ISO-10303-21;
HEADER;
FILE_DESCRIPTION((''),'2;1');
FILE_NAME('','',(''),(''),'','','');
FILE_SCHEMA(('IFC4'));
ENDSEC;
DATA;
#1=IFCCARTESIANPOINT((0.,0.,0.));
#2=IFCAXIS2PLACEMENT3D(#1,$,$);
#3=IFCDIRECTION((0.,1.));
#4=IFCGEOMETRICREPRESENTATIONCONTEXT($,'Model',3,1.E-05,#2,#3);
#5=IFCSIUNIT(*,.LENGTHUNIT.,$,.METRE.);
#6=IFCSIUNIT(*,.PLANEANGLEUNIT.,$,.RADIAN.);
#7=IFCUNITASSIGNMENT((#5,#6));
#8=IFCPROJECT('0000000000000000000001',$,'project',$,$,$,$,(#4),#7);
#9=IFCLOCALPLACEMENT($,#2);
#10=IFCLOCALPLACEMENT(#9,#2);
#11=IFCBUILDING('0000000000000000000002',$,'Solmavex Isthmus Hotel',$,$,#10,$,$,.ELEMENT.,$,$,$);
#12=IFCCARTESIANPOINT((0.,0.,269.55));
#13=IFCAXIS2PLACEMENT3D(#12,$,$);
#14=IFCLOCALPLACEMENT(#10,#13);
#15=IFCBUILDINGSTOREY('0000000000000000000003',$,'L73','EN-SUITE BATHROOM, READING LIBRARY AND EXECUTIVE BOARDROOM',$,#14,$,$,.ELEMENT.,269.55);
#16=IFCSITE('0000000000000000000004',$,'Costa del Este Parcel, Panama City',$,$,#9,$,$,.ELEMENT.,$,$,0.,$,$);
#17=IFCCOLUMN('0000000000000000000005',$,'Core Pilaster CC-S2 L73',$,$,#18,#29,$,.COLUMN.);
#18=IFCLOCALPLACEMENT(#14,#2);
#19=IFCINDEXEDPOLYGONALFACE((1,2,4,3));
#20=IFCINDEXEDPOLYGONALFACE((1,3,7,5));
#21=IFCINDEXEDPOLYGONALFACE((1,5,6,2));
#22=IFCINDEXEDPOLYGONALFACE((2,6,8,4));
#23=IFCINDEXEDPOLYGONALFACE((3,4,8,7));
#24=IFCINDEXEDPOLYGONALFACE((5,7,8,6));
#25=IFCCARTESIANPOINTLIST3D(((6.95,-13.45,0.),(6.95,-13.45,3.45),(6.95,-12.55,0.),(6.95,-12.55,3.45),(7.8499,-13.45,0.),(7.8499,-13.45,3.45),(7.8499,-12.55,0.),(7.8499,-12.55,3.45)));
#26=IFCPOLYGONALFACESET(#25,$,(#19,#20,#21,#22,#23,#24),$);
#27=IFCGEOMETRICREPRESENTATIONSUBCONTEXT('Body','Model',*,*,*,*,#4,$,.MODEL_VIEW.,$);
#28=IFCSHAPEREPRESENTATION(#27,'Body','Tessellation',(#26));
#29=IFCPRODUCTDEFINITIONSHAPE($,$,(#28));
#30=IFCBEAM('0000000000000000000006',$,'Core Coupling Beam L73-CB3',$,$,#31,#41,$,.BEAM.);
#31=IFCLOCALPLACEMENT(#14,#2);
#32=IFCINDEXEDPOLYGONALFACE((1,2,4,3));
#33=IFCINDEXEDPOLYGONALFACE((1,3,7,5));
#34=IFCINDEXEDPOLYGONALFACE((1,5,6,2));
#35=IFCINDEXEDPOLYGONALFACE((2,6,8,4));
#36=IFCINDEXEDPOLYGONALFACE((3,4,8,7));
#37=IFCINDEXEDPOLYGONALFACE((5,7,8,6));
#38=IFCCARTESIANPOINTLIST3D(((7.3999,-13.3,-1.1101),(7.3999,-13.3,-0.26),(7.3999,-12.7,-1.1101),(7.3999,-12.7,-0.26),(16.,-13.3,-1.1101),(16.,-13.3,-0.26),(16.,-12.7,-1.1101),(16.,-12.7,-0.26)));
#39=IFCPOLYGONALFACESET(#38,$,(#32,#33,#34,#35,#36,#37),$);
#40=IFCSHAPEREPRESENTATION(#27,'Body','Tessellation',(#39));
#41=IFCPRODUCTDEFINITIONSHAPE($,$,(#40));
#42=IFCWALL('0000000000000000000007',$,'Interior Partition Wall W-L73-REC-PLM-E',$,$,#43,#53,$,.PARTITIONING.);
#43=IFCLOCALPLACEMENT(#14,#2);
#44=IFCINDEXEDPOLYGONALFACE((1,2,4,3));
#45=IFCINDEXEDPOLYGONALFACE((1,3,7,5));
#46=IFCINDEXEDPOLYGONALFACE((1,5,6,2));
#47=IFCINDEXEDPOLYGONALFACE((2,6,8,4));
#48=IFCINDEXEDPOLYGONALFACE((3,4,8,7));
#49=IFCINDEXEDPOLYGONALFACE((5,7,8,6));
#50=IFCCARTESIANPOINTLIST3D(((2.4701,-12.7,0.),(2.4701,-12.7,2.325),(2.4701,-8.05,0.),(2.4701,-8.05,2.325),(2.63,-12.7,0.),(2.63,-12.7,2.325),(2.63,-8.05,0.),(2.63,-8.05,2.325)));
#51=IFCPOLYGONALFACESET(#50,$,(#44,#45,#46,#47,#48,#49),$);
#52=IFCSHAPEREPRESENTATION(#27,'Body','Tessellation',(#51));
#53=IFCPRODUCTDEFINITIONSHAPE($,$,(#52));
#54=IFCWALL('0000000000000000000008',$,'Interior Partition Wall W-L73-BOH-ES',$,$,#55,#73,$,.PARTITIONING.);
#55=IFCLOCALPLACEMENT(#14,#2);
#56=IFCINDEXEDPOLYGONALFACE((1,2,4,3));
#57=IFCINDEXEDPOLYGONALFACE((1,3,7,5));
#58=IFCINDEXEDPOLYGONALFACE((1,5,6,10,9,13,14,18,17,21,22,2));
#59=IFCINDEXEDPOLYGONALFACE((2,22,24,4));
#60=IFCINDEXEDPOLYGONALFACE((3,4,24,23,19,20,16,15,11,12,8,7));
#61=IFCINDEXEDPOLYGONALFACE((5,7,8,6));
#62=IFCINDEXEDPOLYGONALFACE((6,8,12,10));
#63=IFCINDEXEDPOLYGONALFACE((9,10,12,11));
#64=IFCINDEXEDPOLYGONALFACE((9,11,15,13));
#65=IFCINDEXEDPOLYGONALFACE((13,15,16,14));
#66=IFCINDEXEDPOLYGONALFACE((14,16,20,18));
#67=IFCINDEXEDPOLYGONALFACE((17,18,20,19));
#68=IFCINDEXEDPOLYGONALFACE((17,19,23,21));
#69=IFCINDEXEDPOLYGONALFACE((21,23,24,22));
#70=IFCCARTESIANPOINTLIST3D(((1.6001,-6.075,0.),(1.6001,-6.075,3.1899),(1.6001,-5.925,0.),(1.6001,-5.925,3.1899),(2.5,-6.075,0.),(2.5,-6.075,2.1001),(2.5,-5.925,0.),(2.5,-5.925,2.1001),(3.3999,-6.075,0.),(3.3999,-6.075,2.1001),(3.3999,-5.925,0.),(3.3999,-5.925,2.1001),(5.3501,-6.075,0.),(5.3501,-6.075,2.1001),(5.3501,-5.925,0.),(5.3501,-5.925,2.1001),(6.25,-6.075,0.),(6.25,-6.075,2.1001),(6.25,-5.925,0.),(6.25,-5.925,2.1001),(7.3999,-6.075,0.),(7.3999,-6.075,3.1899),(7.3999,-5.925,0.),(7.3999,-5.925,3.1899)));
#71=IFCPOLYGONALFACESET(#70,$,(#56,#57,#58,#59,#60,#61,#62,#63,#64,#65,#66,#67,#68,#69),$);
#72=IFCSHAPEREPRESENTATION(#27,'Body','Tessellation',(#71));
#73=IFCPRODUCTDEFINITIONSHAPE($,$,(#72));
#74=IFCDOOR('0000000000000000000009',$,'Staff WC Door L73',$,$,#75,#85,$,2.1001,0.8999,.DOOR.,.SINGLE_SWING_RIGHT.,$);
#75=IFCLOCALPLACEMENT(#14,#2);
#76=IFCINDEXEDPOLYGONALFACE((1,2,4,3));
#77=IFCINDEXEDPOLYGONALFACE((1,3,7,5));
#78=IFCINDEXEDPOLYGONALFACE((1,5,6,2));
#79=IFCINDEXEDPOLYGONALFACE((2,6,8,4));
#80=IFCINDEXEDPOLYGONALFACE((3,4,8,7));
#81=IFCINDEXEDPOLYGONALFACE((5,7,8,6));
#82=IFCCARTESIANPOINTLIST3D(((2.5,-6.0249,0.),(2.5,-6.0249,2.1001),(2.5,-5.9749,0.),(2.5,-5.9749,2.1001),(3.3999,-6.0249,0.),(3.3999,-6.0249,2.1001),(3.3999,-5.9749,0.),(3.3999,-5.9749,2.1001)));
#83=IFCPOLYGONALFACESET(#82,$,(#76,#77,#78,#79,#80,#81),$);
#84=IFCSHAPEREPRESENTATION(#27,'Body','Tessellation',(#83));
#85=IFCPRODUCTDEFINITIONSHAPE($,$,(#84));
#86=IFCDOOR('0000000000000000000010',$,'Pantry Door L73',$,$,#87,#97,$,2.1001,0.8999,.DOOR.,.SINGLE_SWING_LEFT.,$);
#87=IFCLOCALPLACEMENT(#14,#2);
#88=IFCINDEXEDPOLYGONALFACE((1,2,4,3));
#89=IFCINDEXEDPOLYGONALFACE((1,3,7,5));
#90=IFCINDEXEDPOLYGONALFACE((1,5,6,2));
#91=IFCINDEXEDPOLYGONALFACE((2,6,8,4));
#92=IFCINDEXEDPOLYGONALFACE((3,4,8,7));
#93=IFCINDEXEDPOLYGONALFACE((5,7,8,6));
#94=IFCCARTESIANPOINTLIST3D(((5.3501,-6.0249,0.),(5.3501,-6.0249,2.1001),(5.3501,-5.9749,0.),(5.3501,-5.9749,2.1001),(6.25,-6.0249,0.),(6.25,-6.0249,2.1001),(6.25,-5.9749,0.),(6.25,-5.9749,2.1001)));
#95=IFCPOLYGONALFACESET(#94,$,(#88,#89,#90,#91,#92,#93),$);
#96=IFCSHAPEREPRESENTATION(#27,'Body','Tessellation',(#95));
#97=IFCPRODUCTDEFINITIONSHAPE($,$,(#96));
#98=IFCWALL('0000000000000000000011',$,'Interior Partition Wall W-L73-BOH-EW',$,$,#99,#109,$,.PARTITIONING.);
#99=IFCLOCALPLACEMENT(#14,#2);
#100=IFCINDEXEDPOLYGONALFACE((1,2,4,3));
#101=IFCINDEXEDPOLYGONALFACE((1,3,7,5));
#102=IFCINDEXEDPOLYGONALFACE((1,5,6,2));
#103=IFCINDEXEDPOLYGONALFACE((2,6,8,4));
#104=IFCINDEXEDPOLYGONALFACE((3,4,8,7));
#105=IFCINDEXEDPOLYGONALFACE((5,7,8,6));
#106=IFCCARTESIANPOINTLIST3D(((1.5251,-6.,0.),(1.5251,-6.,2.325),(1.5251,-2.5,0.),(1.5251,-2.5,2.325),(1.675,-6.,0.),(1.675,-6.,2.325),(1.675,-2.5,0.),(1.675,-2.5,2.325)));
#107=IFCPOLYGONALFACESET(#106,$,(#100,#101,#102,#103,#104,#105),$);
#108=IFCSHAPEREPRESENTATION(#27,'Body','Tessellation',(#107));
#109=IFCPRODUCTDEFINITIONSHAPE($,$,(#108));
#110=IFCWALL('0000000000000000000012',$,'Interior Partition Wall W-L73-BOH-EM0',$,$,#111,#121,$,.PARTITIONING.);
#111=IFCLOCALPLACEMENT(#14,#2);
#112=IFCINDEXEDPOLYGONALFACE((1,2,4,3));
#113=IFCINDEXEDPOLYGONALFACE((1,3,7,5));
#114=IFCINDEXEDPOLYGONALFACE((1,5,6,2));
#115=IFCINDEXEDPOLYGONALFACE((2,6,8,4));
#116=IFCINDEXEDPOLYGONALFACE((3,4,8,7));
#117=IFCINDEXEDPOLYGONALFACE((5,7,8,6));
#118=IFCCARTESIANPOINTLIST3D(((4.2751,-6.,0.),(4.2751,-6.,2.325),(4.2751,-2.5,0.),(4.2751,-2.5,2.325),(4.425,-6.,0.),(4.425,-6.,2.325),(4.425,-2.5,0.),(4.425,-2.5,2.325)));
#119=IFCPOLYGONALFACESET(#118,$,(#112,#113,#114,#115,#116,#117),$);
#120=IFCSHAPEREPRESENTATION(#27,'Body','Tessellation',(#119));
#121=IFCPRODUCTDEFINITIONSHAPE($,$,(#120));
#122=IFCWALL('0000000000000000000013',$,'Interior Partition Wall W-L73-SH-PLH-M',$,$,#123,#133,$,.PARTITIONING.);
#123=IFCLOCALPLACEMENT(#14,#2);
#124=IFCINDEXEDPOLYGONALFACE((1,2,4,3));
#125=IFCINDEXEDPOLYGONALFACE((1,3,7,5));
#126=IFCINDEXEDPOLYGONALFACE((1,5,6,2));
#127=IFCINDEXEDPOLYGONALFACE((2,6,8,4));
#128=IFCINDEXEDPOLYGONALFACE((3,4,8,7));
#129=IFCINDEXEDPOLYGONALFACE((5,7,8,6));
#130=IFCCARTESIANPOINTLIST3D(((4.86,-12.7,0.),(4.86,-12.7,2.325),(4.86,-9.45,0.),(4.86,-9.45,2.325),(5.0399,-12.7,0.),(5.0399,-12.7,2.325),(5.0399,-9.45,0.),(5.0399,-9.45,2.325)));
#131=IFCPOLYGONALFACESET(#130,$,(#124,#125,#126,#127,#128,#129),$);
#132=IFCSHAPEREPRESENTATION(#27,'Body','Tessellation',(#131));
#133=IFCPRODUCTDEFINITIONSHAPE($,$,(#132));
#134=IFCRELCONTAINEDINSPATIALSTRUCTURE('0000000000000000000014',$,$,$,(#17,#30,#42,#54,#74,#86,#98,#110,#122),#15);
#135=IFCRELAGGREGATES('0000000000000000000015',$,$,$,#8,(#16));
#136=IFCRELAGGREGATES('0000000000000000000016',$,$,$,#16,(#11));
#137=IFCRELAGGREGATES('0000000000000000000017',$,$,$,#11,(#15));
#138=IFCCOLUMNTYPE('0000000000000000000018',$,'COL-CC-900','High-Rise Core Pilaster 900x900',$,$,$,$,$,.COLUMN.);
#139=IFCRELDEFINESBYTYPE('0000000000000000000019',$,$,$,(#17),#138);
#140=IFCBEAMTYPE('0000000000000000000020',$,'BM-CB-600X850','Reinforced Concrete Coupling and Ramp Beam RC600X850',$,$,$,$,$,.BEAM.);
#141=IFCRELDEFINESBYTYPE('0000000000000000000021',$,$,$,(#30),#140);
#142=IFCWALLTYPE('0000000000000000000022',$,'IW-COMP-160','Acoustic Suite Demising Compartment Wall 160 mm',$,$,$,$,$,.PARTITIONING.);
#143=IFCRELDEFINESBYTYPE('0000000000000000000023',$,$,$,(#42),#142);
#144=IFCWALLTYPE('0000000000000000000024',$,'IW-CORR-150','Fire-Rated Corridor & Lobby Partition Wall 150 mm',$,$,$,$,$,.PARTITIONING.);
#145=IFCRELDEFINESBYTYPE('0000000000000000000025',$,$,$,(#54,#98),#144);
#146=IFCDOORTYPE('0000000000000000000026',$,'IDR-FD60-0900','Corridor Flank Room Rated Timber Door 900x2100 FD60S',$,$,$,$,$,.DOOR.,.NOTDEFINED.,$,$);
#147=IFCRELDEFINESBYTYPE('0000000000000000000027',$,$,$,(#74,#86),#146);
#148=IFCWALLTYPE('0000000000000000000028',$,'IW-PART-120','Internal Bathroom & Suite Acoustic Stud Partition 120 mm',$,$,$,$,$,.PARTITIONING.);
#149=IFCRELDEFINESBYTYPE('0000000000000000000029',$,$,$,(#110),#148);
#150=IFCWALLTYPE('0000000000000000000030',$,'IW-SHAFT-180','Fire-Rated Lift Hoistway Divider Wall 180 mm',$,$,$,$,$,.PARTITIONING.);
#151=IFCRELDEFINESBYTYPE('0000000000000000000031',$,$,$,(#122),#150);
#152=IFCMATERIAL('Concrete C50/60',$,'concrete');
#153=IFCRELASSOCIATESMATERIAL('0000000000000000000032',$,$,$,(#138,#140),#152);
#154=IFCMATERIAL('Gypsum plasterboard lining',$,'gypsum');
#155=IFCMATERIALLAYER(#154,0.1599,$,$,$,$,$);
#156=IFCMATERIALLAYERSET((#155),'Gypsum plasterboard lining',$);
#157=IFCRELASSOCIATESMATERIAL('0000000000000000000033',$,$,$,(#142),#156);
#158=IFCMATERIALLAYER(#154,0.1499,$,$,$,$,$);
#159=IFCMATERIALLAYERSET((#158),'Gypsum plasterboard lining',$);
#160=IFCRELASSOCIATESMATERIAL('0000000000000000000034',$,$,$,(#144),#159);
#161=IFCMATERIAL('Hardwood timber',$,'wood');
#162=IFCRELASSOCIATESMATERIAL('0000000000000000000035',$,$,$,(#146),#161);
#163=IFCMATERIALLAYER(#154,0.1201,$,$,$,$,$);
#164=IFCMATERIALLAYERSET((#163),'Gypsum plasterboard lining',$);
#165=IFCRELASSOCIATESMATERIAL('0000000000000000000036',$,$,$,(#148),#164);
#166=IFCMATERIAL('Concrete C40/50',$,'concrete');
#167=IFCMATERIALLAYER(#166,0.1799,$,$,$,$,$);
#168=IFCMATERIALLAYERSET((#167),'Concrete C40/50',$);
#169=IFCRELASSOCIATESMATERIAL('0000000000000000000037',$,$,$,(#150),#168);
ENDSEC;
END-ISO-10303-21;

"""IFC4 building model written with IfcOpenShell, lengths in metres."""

from ifc_helpers import new_model, si_unit, direction, frame, frame_2d, origin, origin_2d, place, context, subcontext, project, spatial, rectangle, extrude, material, layer, layer_set, material_profile, profile_set, type_object, element, fill, save


model = new_model("IFC4")

# Units and contexts
model_context = context("Model", 3, precision=1e-05, world=origin(), true_north=direction((0.0, 1.0)))
body_context = subcontext(model_context, "Body", "Model", "MODEL_VIEW")
ifc_project = project(units=[si_unit("LENGTHUNIT", "METRE"), si_unit("PLANEANGLEUNIT", "RADIAN")], contexts=[model_context])

# Site, building, storey
site_placement = place(None, origin())
site = spatial("IfcSite", under=ifc_project, at=site_placement, Name="Costa del Este Parcel, Panama City", CompositionType="ELEMENT", RefElevation=0.0)
building_placement = place(site_placement, origin())
building = spatial("IfcBuilding", under=site, at=building_placement, Name="Solmavex Isthmus Hotel", CompositionType="ELEMENT")
storey_placement = place(building_placement, frame((0.0, 0.0, 269.55)))
storey = spatial("IfcBuildingStorey", under=building, at=storey_placement, Name="L73", Description="EN-SUITE BATHROOM, READING LIBRARY AND EXECUTIVE BOARDROOM", CompositionType="ELEMENT", Elevation=269.55)

# Column
ifc_material_1 = material(Name="Concrete C50/60", Category="concrete")
ifc_material_profile_1 = material_profile(ifc_material_1, rectangle(XDim=0.8999, YDim=0.8999, at=origin_2d()), Name="RC900X900")
ifc_profile_set_1 = profile_set([ifc_material_profile_1], Name="Concrete C50/60")
column_type = type_object("IfcColumnType", Name="COL-CC-900", Description="High-Rise Core Pilaster 900x900", PredefinedType="COLUMN", material=ifc_profile_set_1)
column_placement = place(storey_placement, frame((7.3999, -13.0, 0.0), z_axis=(0.0, 0.0, 1.0), x_axis=(1.0, 0.0, 0.0)))
element("IfcColumn", 1, at=column_placement, inside=storey, type_object=column_type, Name="Core Pilaster CC-S2 L73", PredefinedType="COLUMN", context=body_context, shape_type="SweptSolid", body=[
    extrude(rectangle(XDim=0.8999, YDim=0.8999, at=origin_2d()), origin(), (0.0, 0.0, 1.0), 3.45),
])

# Beam
ifc_material_profile_2 = material_profile(ifc_material_1, rectangle(XDim=0.6001, YDim=0.8501, at=origin_2d()), Name="RC600X850")
ifc_profile_set_2 = profile_set([ifc_material_profile_2], Name="Concrete C50/60")
beam_type = type_object("IfcBeamType", Name="BM-CB-600X850", Description="Reinforced Concrete Coupling and Ramp Beam RC600X850", PredefinedType="BEAM", material=ifc_profile_set_2)
beam_placement = place(storey_placement, frame((7.3999, -13.0, -0.6851), z_axis=(1.0, 0.0, 0.0), x_axis=(0.0, 1.0, 0.0)))
element("IfcBeam", 2, at=beam_placement, inside=storey, type_object=beam_type, Name="Core Coupling Beam L73-CB3", PredefinedType="BEAM", context=body_context, shape_type="SweptSolid", body=[
    extrude(rectangle(XDim=0.6001, YDim=0.8501, at=origin_2d()), origin(), (0.0, 0.0, 1.0), 8.6001),
])

# Wall
ifc_material_2 = material(Name="Gypsum plasterboard lining", Category="gypsum")
ifc_layer_1 = layer(ifc_material_2, 0.1599)
ifc_layer_set_1 = layer_set([ifc_layer_1], Name="Gypsum plasterboard lining")
wall_type_1 = type_object("IfcWallType", Name="IW-COMP-160", Description="Acoustic Suite Demising Compartment Wall 160 mm", PredefinedType="PARTITIONING", material=ifc_layer_set_1)
wall_1_placement = place(storey_placement, frame((2.55, -12.7, 0.0), z_axis=(0.0, 0.0, 1.0), x_axis=(0.0, 1.0, 0.0)))
element("IfcWall", 3, at=wall_1_placement, inside=storey, type_object=wall_type_1, Name="Interior Partition Wall W-L73-REC-PLM-E", PredefinedType="PARTITIONING", context=body_context, shape_type="SweptSolid", body=[
    extrude(rectangle(XDim=4.6499, YDim=0.1599, at=frame_2d((2.325, 0.0))), origin(), (0.0, 0.0, 1.0), 2.325),
])

# Wall, openings, doors
ifc_layer_2 = layer(ifc_material_2, 0.1499)
ifc_layer_set_2 = layer_set([ifc_layer_2], Name="Gypsum plasterboard lining")
wall_type_2 = type_object("IfcWallType", Name="IW-CORR-150", Description="Fire-Rated Corridor & Lobby Partition Wall 150 mm", PredefinedType="PARTITIONING", material=ifc_layer_set_2)
wall_2_placement = place(storey_placement, frame((1.6001, -6.0, 0.0), z_axis=(0.0, 0.0, 1.0), x_axis=(1.0, 0.0, 0.0)))
wall_2 = element("IfcWall", 4, at=wall_2_placement, inside=storey, type_object=wall_type_2, Name="Interior Partition Wall W-L73-BOH-ES", PredefinedType="PARTITIONING", context=body_context, shape_type="SweptSolid", body=[
    extrude(rectangle(XDim=5.7998, YDim=0.1499, at=frame_2d((2.8999, 0.0))), origin(), (0.0, 0.0, 1.0), 3.1899),
])
opening_1_placement = place(wall_2_placement, frame((0.8999, 0.0, 0.0)))
opening_1 = element("IfcOpeningElement", 5, at=opening_1_placement, cuts=wall_2, PredefinedType="OPENING", context=body_context, shape_type="SweptSolid", body=[
    extrude(rectangle(XDim=0.8999, YDim=2.1001, at=frame_2d((0.45, 1.05))), frame((0.0, 0.085, 0.0), z_axis=(0.0, -1.0, 0.0), x_axis=(1.0, 0.0, 0.0)), (0.0, 0.0, 1.0), 0.1699),
])
opening_2_placement = place(wall_2_placement, frame((3.75, 0.0, 0.0)))
opening_2 = element("IfcOpeningElement", 6, at=opening_2_placement, cuts=wall_2, PredefinedType="OPENING", context=body_context, shape_type="SweptSolid", body=[
    extrude(rectangle(XDim=0.8999, YDim=2.1001, at=frame_2d((0.45, 1.05))), frame((0.0, 0.085, 0.0), z_axis=(0.0, -1.0, 0.0), x_axis=(1.0, 0.0, 0.0)), (0.0, 0.0, 1.0), 0.1699),
])
ifc_material_3 = material(Name="Hardwood timber", Category="wood")
door_type_1 = type_object("IfcDoorType", Name="IDR-FD60-0900", Description="Corridor Flank Room Rated Timber Door 900x2100 FD60S", OperationType="NOTDEFINED", PredefinedType="DOOR", material=ifc_material_3)
door_1_placement = place(opening_1_placement, frame((0.8999, 0.0, 0.0), z_axis=(0.0, 0.0, 1.0), x_axis=(-1.0, 0.0, 0.0)))
door_1 = element("IfcDoor", 7, at=door_1_placement, inside=storey, type_object=door_type_1, Name="Staff WC Door L73", OperationType="SINGLE_SWING_RIGHT", OverallHeight=2.1001, OverallWidth=0.8999, PredefinedType="DOOR", context=body_context, shape_type="SweptSolid", body=[
    extrude(rectangle(XDim=0.8999, YDim=2.1001, at=frame_2d((0.45, 1.05))), frame((0.0, 0.0249, 0.0), z_axis=(0.0, -1.0, 0.0), x_axis=(1.0, 0.0, 0.0)), (0.0, 0.0, 1.0), 0.05),
])
fill(opening_1, door_1)
door_2_placement = place(opening_2_placement, frame((0.8999, 0.0, 0.0), z_axis=(0.0, 0.0, 1.0), x_axis=(-1.0, 0.0, 0.0)))
door_2 = element("IfcDoor", 8, at=door_2_placement, inside=storey, type_object=door_type_1, Name="Pantry Door L73", OperationType="SINGLE_SWING_LEFT", OverallHeight=2.1001, OverallWidth=0.8999, PredefinedType="DOOR", context=body_context, shape_type="SweptSolid", body=[
    extrude(rectangle(XDim=0.8999, YDim=2.1001, at=frame_2d((0.45, 1.05))), frame((0.0, 0.0249, 0.0), z_axis=(0.0, -1.0, 0.0), x_axis=(1.0, 0.0, 0.0)), (0.0, 0.0, 1.0), 0.05),
])
fill(opening_2, door_2)

# Walls
wall_3_placement = place(storey_placement, frame((1.6001, -6.0, 0.0), z_axis=(0.0, 0.0, 1.0), x_axis=(0.0, 1.0, 0.0)))
element("IfcWall", 9, at=wall_3_placement, inside=storey, type_object=wall_type_2, Name="Interior Partition Wall W-L73-BOH-EW", PredefinedType="PARTITIONING", context=body_context, shape_type="SweptSolid", body=[
    extrude(rectangle(XDim=3.5, YDim=0.1499, at=frame_2d((1.75, 0.0))), origin(), (0.0, 0.0, 1.0), 2.325),
])
ifc_layer_3 = layer(ifc_material_2, 0.1201)
ifc_layer_set_3 = layer_set([ifc_layer_3], Name="Gypsum plasterboard lining")
wall_type_3 = type_object("IfcWallType", Name="IW-PART-120", Description="Internal Bathroom & Suite Acoustic Stud Partition 120 mm", PredefinedType="PARTITIONING", material=ifc_layer_set_3)
wall_4_placement = place(storey_placement, frame((4.3501, -6.0, 0.0), z_axis=(0.0, 0.0, 1.0), x_axis=(0.0, 1.0, 0.0)))
element("IfcWall", 10, at=wall_4_placement, inside=storey, type_object=wall_type_3, Name="Interior Partition Wall W-L73-BOH-EM0", PredefinedType="PARTITIONING", context=body_context, shape_type="SweptSolid", body=[
    extrude(rectangle(XDim=3.5, YDim=0.1499, at=frame_2d((1.75, 0.0))), origin(), (0.0, 0.0, 1.0), 2.325),
])
ifc_material_4 = material(Name="Concrete C40/50", Category="concrete")
ifc_layer_4 = layer(ifc_material_4, 0.1799)
ifc_layer_set_4 = layer_set([ifc_layer_4], Name="Concrete C40/50")
wall_type_4 = type_object("IfcWallType", Name="IW-SHAFT-180", Description="Fire-Rated Lift Hoistway Divider Wall 180 mm", PredefinedType="PARTITIONING", material=ifc_layer_set_4)
wall_5_placement = place(storey_placement, frame((4.95, -12.7, 0.0), z_axis=(0.0, 0.0, 1.0), x_axis=(0.0, 1.0, 0.0)))
element("IfcWall", 11, at=wall_5_placement, inside=storey, type_object=wall_type_4, Name="Interior Partition Wall W-L73-SH-PLH-M", PredefinedType="PARTITIONING", context=body_context, shape_type="SweptSolid", body=[
    extrude(rectangle(XDim=3.25, YDim=0.1799, at=frame_2d((1.625, 0.0))), origin(), (0.0, 0.0, 1.0), 2.325),
])

save(model, "model.ifc")
